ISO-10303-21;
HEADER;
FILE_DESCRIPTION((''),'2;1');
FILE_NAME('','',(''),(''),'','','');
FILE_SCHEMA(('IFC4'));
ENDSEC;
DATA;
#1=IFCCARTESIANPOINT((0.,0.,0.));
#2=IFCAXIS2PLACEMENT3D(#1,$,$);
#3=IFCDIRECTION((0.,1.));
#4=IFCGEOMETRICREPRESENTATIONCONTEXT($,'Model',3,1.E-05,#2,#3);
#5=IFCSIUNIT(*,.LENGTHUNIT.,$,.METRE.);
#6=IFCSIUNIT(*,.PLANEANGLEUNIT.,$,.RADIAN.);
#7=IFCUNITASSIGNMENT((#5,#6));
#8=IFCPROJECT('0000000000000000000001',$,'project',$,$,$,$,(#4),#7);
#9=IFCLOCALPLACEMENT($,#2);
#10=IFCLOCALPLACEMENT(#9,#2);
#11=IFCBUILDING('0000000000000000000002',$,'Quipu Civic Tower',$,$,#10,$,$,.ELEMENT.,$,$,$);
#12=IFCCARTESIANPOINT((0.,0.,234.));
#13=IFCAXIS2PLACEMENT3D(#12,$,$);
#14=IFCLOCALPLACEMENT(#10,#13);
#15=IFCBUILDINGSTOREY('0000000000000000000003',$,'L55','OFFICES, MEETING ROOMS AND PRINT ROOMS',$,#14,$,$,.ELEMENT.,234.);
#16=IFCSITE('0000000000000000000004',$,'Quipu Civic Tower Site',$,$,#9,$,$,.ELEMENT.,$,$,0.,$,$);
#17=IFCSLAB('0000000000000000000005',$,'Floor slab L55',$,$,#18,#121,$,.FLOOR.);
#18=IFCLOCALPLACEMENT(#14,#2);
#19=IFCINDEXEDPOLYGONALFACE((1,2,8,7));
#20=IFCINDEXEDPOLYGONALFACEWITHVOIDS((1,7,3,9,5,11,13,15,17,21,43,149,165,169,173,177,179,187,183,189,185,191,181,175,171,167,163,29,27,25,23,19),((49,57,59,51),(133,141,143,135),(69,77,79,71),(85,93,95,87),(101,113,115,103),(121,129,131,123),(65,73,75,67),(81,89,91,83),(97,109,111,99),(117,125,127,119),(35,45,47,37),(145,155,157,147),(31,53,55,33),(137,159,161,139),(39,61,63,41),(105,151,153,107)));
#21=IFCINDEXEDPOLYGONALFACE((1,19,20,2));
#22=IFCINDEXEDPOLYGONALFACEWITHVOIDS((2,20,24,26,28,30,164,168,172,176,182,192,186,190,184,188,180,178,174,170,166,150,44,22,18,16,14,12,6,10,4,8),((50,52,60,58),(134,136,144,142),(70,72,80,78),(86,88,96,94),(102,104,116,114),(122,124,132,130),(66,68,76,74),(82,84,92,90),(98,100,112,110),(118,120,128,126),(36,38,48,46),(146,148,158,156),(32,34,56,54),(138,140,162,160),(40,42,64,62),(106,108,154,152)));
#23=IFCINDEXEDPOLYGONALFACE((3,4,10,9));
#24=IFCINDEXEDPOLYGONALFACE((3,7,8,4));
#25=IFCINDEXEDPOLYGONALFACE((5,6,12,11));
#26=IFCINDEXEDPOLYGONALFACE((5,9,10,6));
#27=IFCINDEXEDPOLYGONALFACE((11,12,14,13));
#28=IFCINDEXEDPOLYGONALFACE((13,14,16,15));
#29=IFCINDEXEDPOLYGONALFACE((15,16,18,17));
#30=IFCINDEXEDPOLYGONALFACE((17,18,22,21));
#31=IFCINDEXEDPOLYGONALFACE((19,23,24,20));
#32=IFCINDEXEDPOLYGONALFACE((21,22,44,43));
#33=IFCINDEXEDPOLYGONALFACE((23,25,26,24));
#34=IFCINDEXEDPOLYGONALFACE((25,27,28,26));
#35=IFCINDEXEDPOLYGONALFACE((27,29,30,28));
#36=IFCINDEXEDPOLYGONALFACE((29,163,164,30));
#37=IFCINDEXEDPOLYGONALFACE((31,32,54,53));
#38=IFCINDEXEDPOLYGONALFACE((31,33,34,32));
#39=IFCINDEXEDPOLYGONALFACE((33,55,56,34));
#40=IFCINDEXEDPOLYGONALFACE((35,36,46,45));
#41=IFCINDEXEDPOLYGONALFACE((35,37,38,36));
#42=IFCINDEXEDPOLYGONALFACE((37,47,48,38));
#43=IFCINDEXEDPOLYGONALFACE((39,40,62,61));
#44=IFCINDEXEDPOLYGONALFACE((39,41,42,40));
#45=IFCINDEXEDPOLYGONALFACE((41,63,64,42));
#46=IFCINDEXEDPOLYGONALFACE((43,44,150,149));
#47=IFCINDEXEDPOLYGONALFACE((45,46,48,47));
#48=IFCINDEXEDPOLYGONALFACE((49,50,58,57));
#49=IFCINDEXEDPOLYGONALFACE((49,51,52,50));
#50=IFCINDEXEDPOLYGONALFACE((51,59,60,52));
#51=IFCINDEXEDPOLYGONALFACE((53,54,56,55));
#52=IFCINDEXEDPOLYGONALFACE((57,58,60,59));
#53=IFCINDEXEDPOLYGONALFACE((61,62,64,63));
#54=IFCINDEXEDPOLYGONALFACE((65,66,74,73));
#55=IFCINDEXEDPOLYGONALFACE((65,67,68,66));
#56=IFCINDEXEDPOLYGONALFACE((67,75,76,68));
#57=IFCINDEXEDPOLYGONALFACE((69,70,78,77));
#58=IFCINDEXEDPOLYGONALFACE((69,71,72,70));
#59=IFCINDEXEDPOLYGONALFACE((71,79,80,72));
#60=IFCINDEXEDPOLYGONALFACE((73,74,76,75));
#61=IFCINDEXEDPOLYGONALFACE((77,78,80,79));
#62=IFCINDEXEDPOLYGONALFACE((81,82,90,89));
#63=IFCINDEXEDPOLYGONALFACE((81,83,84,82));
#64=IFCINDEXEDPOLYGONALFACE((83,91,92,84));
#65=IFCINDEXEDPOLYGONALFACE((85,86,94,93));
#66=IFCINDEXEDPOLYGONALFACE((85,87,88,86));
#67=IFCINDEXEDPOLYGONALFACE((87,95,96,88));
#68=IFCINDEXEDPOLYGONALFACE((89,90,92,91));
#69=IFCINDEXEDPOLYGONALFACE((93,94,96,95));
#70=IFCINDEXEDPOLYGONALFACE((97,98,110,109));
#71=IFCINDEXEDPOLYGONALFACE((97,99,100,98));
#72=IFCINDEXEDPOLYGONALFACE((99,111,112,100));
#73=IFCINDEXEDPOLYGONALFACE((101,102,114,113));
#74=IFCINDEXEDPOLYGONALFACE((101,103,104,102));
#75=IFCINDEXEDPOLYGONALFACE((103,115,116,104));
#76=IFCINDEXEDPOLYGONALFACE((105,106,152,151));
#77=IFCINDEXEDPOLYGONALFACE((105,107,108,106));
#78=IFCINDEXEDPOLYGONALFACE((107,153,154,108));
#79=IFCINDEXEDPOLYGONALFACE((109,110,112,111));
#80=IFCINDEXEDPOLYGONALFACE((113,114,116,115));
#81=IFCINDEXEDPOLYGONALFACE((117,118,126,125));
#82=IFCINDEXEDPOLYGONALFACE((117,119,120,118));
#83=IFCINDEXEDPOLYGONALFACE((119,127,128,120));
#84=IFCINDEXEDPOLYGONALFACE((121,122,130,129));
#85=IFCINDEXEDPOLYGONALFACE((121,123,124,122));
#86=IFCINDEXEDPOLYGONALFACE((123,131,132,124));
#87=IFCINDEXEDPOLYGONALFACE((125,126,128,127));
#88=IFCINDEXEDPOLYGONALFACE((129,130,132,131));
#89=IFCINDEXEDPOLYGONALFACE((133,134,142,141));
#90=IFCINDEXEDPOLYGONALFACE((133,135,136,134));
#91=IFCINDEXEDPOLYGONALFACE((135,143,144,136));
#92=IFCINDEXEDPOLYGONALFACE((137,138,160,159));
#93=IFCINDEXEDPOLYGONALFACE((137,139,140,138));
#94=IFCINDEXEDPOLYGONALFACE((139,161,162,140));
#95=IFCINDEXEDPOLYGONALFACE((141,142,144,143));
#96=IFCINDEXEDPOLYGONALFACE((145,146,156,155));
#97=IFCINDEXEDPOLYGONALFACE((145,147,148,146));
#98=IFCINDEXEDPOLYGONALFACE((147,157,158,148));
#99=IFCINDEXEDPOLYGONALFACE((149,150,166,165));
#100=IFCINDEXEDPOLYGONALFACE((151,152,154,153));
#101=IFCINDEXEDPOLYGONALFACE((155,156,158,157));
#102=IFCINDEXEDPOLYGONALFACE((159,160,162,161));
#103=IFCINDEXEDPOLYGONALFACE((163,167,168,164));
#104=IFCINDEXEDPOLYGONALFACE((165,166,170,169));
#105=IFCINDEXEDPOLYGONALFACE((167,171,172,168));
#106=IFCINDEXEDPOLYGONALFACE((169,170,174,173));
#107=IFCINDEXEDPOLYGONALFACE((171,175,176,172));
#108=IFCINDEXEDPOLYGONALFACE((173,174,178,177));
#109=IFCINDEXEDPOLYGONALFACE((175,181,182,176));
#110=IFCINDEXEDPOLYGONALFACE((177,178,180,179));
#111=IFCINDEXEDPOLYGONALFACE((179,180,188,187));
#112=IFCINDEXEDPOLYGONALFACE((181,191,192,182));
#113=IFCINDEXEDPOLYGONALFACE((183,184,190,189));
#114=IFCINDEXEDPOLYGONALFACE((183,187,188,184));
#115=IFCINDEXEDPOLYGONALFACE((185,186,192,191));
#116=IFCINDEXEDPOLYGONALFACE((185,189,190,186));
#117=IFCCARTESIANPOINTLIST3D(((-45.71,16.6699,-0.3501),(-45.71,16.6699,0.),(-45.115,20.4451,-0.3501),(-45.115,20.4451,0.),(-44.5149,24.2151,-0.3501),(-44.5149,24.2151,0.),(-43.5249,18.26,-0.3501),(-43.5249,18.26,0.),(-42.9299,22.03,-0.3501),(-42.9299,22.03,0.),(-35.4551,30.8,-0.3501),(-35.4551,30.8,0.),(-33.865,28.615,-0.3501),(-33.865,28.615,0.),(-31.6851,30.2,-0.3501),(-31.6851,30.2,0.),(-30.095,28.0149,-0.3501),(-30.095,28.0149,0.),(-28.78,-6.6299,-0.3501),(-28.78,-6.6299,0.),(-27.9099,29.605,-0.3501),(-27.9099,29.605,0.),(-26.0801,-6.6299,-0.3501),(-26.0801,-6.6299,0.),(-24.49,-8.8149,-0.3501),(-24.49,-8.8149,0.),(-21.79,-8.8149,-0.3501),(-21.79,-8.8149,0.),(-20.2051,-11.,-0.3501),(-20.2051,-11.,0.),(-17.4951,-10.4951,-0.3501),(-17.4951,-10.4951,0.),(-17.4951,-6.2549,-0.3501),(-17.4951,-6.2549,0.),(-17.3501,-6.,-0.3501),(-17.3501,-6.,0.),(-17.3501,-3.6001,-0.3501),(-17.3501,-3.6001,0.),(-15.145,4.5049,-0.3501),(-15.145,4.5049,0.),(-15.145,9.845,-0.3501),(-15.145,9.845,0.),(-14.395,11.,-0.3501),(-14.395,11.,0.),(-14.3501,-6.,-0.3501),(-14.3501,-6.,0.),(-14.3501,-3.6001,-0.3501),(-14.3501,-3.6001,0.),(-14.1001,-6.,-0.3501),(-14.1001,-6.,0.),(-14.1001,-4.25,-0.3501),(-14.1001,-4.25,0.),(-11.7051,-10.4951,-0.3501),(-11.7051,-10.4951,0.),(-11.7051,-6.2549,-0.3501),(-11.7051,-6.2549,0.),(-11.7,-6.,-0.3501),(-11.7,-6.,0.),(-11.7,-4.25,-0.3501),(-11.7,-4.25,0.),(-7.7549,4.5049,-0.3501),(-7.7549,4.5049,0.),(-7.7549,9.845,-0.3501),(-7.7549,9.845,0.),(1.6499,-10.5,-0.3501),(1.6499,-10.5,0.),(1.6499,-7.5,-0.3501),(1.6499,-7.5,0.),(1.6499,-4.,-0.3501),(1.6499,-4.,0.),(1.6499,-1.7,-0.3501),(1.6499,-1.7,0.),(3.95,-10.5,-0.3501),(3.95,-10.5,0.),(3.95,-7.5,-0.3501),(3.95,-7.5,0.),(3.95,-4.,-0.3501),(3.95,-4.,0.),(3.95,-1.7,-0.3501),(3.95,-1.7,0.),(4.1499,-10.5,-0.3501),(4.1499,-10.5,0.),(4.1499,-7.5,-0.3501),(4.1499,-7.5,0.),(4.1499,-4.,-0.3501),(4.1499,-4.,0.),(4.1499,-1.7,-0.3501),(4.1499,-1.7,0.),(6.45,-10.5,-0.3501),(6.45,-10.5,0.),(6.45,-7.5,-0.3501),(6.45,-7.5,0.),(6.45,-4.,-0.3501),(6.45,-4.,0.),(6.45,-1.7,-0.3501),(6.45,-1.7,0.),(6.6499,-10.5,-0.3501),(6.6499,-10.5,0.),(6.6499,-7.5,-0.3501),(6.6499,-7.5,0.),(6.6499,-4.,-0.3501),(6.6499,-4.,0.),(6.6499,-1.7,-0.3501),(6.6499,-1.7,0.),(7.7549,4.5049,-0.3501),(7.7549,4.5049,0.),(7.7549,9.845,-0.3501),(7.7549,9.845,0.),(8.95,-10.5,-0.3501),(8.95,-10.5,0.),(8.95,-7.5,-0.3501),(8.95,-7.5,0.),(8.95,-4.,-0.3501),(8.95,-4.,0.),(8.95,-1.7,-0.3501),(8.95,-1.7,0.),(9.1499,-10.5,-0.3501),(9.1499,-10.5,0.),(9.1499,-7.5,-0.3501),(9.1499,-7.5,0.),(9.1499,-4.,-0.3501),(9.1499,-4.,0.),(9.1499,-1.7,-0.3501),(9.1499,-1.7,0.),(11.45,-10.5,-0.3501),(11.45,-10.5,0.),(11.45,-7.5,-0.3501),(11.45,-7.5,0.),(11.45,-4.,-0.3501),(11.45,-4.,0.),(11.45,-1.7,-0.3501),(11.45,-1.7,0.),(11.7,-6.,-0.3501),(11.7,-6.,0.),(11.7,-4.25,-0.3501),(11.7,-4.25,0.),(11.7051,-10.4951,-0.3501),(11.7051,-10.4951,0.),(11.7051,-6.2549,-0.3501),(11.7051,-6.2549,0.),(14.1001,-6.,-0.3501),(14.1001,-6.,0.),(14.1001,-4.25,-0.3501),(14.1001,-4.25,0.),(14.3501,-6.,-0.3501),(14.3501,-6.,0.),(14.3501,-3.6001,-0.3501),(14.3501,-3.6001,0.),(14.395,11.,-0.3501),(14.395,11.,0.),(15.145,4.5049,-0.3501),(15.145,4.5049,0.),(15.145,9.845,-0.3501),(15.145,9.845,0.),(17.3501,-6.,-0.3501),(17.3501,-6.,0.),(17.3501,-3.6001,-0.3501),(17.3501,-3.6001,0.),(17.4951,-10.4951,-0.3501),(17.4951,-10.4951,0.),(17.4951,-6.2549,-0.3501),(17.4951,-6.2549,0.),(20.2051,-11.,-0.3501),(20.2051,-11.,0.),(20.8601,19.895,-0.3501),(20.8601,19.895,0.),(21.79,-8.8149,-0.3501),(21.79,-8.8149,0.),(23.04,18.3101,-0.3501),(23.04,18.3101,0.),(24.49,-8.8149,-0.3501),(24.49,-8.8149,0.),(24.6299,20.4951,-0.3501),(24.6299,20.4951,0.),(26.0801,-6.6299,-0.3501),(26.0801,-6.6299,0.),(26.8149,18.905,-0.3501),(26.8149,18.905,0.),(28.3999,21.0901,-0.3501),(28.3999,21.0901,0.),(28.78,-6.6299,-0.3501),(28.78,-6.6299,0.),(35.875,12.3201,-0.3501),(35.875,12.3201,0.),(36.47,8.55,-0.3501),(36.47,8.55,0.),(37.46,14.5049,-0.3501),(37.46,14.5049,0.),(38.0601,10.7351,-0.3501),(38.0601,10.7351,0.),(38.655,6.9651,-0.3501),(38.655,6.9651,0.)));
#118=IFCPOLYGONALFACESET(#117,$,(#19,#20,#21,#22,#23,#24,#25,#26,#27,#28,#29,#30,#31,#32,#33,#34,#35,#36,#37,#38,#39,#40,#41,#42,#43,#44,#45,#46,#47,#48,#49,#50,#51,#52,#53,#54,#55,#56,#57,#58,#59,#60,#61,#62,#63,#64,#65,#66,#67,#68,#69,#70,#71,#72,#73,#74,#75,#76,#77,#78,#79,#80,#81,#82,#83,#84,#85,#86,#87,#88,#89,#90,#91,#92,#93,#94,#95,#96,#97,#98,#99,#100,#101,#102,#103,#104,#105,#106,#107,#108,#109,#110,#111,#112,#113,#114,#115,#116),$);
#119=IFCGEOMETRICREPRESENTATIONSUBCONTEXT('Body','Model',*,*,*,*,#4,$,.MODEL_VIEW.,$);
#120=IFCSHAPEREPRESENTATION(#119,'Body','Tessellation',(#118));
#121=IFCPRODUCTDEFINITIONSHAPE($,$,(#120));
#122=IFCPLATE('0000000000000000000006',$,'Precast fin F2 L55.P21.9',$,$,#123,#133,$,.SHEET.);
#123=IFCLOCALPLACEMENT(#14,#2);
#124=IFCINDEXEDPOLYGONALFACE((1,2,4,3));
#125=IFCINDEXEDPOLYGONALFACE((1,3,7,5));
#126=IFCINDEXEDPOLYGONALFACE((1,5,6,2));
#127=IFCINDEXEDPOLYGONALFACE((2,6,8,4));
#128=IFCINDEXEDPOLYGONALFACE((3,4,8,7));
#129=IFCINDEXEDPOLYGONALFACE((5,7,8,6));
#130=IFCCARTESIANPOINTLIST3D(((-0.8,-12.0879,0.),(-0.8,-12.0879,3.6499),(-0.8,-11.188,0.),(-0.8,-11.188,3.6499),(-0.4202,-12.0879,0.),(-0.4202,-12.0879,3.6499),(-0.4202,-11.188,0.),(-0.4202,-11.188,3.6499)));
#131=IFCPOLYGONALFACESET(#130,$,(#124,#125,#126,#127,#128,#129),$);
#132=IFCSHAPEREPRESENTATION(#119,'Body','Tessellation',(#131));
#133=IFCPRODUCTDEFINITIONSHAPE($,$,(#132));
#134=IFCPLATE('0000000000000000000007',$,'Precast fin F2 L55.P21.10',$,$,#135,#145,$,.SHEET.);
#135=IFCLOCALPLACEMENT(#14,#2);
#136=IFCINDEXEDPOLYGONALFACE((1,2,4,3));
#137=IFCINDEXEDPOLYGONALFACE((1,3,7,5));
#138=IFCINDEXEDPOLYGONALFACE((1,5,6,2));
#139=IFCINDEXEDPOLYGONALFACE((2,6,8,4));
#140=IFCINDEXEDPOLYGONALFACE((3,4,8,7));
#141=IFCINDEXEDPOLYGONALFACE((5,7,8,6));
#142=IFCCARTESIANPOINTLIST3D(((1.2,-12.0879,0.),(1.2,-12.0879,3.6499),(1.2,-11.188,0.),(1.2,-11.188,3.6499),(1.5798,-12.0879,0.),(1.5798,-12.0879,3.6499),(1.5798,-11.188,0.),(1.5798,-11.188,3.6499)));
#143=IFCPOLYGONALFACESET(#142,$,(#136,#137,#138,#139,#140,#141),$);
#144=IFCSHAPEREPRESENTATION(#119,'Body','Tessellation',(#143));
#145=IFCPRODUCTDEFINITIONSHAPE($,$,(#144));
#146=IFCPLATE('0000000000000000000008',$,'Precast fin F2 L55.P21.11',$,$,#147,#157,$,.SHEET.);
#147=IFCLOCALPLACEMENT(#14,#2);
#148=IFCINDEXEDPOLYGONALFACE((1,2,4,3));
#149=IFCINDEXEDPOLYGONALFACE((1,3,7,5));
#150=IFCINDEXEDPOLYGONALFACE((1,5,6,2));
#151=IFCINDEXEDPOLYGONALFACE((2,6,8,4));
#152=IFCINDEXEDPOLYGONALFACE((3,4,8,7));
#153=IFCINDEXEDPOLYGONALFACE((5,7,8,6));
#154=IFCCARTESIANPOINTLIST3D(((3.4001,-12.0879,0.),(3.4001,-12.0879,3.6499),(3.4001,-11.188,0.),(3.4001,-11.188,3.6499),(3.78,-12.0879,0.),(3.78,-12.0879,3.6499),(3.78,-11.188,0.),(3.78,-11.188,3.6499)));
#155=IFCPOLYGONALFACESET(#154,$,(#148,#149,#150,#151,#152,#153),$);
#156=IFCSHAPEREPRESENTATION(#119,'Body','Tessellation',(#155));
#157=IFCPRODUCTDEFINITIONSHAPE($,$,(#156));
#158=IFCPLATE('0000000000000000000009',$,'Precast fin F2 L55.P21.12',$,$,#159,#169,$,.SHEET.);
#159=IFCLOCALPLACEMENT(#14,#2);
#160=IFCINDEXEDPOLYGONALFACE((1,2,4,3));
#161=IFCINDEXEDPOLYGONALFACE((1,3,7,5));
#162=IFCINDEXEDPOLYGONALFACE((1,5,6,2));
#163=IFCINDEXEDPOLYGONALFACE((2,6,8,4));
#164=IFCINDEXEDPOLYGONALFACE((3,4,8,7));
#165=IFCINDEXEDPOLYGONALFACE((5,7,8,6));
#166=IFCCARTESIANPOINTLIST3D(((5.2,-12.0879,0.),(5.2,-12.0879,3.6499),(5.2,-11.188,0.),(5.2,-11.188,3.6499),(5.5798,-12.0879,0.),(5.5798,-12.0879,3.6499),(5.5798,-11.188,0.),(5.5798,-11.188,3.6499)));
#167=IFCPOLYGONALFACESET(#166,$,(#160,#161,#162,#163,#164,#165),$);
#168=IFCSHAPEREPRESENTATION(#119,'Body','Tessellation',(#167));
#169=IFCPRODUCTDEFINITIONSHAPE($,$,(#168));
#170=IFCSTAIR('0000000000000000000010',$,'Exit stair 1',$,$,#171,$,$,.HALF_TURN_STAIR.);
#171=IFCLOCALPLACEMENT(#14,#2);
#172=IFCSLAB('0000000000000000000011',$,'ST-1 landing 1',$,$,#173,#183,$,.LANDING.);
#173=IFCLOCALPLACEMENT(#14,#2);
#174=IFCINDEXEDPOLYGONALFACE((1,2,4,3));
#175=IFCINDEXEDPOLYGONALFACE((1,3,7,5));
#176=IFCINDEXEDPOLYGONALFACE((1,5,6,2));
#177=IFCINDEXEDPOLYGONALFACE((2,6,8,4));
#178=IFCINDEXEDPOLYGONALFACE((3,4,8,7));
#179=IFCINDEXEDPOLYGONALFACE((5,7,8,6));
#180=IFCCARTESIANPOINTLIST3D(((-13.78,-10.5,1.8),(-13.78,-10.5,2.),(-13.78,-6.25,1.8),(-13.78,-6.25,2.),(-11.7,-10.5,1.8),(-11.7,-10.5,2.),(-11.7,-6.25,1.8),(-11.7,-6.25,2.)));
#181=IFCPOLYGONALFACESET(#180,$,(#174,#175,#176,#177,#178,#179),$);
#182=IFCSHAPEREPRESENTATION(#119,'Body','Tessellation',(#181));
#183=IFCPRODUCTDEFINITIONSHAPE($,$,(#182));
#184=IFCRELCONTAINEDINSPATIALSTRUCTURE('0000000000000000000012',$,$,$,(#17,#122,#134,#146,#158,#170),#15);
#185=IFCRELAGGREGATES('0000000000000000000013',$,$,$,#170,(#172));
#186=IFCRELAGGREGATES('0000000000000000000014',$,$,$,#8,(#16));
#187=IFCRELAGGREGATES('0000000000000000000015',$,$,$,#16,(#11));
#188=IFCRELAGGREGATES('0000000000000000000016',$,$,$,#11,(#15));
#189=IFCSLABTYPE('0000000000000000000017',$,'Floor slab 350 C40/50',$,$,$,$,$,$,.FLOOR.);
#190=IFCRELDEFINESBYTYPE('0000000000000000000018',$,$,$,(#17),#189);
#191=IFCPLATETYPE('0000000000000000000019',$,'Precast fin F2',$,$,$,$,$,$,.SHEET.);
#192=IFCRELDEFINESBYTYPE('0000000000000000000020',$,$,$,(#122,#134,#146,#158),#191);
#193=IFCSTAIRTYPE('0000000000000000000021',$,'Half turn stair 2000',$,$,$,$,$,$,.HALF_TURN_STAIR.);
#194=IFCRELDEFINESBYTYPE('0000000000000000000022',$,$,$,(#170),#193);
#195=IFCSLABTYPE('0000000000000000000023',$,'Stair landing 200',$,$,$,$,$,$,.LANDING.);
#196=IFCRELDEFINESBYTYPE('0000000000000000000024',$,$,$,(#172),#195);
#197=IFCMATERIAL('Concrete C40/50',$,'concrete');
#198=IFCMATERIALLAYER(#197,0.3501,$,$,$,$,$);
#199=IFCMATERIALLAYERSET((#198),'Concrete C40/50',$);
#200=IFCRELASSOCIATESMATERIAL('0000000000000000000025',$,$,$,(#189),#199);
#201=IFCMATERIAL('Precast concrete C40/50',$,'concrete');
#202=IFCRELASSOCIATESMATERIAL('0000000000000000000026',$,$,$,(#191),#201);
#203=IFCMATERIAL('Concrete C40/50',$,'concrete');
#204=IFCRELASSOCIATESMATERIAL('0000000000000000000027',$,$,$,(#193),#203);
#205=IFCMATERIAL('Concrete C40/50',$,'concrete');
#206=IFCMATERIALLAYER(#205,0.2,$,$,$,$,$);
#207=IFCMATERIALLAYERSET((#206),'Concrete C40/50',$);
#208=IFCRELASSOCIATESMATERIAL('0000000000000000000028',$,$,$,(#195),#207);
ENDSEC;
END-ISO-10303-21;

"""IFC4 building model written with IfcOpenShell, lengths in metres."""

from ifc_helpers import new_model, si_unit, direction, frame, origin, origin_2d, place, context, subcontext, project, spatial, polyline, rectangle, outline, extrude, material, layer, layer_set, type_object, element, aggregate, save


model = new_model("IFC4")

# Units and contexts
model_context = context("Model", 3, precision=1e-05, world=origin(), true_north=direction((0.0, 1.0)))
body_context = subcontext(model_context, "Body", "Model", "MODEL_VIEW")
ifc_project = project(units=[si_unit("LENGTHUNIT", "METRE"), si_unit("PLANEANGLEUNIT", "RADIAN")], contexts=[model_context])

# Site, building, storey
site_placement = place(None, origin())
site = spatial("IfcSite", under=ifc_project, at=site_placement, Name="Quipu Civic Tower Site", CompositionType="ELEMENT", RefElevation=0.0)
building_placement = place(site_placement, origin())
building = spatial("IfcBuilding", under=site, at=building_placement, Name="Quipu Civic Tower", CompositionType="ELEMENT")
storey_placement = place(building_placement, frame((0.0, 0.0, 234.0)))
storey = spatial("IfcBuildingStorey", under=building, at=storey_placement, Name="L55", Description="OFFICES, MEETING ROOMS AND PRINT ROOMS", CompositionType="ELEMENT", Elevation=234.0)

# Slab
ifc_material_1 = material(Name="Concrete C40/50", Category="concrete")
ifc_layer_1 = layer(ifc_material_1, 0.3501)
ifc_layer_set_1 = layer_set([ifc_layer_1], Name="Concrete C40/50")
slab_type_1 = type_object("IfcSlabType", Name="Floor slab 350 C40/50", PredefinedType="FLOOR", material=ifc_layer_set_1)
slab_1_placement = place(storey_placement, frame((0.0, 0.0, -0.3501)))
element("IfcSlab", 1, at=slab_1_placement, inside=storey, type_object=slab_type_1, Name="Floor slab L55", PredefinedType="FLOOR", context=body_context, shape_type="SweptSolid", body=[
    extrude(outline(polyline([(20.8601, 19.895), (23.04, 18.3101), (24.6299, 20.4951), (26.8149, 18.905), (28.3999, 21.0901), (37.46, 14.5049), (35.875, 12.3201), (38.0601, 10.7351), (36.47, 8.55), (38.655, 6.9651), (28.78, -6.6299), (26.0801, -6.6299), (24.49, -8.8149), (21.79, -8.8149), (20.2051, -11.0), (-20.2051, -11.0), (-21.79, -8.8149), (-24.49, -8.8149), (-26.0801, -6.6299), (-28.78, -6.6299), (-45.71, 16.6699), (-43.5249, 18.26), (-45.115, 20.4451), (-42.9299, 22.03), (-44.5149, 24.2151), (-35.4551, 30.8), (-33.865, 28.615), (-31.6851, 30.2), (-30.095, 28.0149), (-27.9099, 29.605), (-14.395, 11.0), (14.395, 11.0), (20.8601, 19.895)]), holes=[polyline([(1.6499, -7.5), (1.6499, -10.5), (3.95, -10.5), (3.95, -7.5), (1.6499, -7.5)]), polyline([(4.1499, -7.5), (4.1499, -10.5), (6.45, -10.5), (6.45, -7.5), (4.1499, -7.5)]), polyline([(-11.7051, -6.2549), (-17.4951, -6.2549), (-17.4951, -10.4951), (-11.7051, -10.4951), (-11.7051, -6.2549)]), polyline([(-14.1001, -4.25), (-14.1001, -6.0), (-11.7, -6.0), (-11.7, -4.25), (-14.1001, -4.25)]), polyline([(-17.3501, -3.6001), (-17.3501, -6.0), (-14.3501, -6.0), (-14.3501, -3.6001), (-17.3501, -3.6001)]), polyline([(1.6499, -1.7), (1.6499, -4.0), (3.95, -4.0), (3.95, -1.7), (1.6499, -1.7)]), polyline([(4.1499, -1.7), (4.1499, -4.0), (6.45, -4.0), (6.45, -1.7), (4.1499, -1.7)]), polyline([(-7.7549, 9.845), (-15.145, 9.845), (-15.145, 4.5049), (-7.7549, 4.5049), (-7.7549, 9.845)]), polyline([(6.6499, -7.5), (6.6499, -10.5), (8.95, -10.5), (8.95, -7.5), (6.6499, -7.5)]), polyline([(9.1499, -7.5), (9.1499, -10.5), (11.45, -10.5), (11.45, -7.5), (9.1499, -7.5)]), polyline([(11.7051, -10.4951), (17.4951, -10.4951), (17.4951, -6.2549), (11.7051, -6.2549), (11.7051, -10.4951)]), polyline([(11.7, -4.25), (11.7, -6.0), (14.1001, -6.0), (14.1001, -4.25), (11.7, -4.25)]), polyline([(14.3501, -3.6001), (14.3501, -6.0), (17.3501, -6.0), (17.3501, -3.6001), (14.3501, -3.6001)]), polyline([(6.6499, -1.7), (6.6499, -4.0), (8.95, -4.0), (8.95, -1.7), (6.6499, -1.7)]), polyline([(9.1499, -1.7), (9.1499, -4.0), (11.45, -4.0), (11.45, -1.7), (9.1499, -1.7)]), polyline([(7.7549, 4.5049), (15.145, 4.5049), (15.145, 9.845), (7.7549, 9.845), (7.7549, 4.5049)])]), origin(), (0.0, 0.0, 1.0), 0.3501),
])

# Plates
ifc_material_2 = material(Name="Precast concrete C40/50", Category="concrete")
plate_type = type_object("IfcPlateType", Name="Precast fin F2", PredefinedType="SHEET", material=ifc_material_2)
for number, where, z_axis, x_axis, name in (
    (2, (-0.6101, -11.6379, 0.0), (0.0, 0.0, 1.0), (1.0, 0.0, 0.0), "Precast fin F2 L55.P21.9"),
    (3, (1.3899, -11.6379, 0.0), (0.0, 0.0, 1.0), (1.0, 0.0, 0.0), "Precast fin F2 L55.P21.10"),
    (4, (3.5901, -11.6379, 0.0), (0.0, 0.0, 1.0), (1.0, 0.0, 0.0), "Precast fin F2 L55.P21.11"),
    (5, (5.3899, -11.6379, 0.0), (0.0, 0.0, 1.0), (1.0, 0.0, 0.0), "Precast fin F2 L55.P21.12"),
):
    element("IfcPlate", number, at=place(storey_placement, frame(where, z_axis=z_axis, x_axis=x_axis)), inside=storey, type_object=plate_type, Name=name, PredefinedType="SHEET", context=body_context, shape_type="SweptSolid", body=[
        extrude(rectangle(XDim=0.3799, YDim=0.8999, at=origin_2d()), origin(), (0.0, 0.0, 1.0), 3.6499),
    ])

# Stair, slab
ifc_material_3 = material(Name="Concrete C40/50", Category="concrete")
stair_type_1 = type_object("IfcStairType", Name="Half turn stair 2000", PredefinedType="HALF_TURN_STAIR", material=ifc_material_3)
stair_1_placement = place(storey_placement, origin())
stair_1 = element("IfcStair", 6, at=stair_1_placement, inside=storey, type_object=stair_type_1, Name="Exit stair 1", PredefinedType="HALF_TURN_STAIR")
ifc_material_4 = material(Name="Concrete C40/50", Category="concrete")
ifc_layer_2 = layer(ifc_material_4, 0.2)
ifc_layer_set_2 = layer_set([ifc_layer_2], Name="Concrete C40/50")
slab_type_2 = type_object("IfcSlabType", Name="Stair landing 200", PredefinedType="LANDING", material=ifc_layer_set_2)
slab_2_placement = place(storey_placement, frame((0.0, 0.0, 1.8)))
slab_2 = element("IfcSlab", 7, at=slab_2_placement, type_object=slab_type_2, Name="ST-1 landing 1", PredefinedType="LANDING", context=body_context, shape_type="SweptSolid", body=[
    extrude(outline(polyline([(-13.78, -10.5), (-11.7, -10.5), (-11.7, -6.25), (-13.78, -6.25), (-13.78, -10.5)])), origin(), (0.0, 0.0, 1.0), 0.2),
])
aggregate(stair_1, [slab_2])

save(model, "model.ifc")
